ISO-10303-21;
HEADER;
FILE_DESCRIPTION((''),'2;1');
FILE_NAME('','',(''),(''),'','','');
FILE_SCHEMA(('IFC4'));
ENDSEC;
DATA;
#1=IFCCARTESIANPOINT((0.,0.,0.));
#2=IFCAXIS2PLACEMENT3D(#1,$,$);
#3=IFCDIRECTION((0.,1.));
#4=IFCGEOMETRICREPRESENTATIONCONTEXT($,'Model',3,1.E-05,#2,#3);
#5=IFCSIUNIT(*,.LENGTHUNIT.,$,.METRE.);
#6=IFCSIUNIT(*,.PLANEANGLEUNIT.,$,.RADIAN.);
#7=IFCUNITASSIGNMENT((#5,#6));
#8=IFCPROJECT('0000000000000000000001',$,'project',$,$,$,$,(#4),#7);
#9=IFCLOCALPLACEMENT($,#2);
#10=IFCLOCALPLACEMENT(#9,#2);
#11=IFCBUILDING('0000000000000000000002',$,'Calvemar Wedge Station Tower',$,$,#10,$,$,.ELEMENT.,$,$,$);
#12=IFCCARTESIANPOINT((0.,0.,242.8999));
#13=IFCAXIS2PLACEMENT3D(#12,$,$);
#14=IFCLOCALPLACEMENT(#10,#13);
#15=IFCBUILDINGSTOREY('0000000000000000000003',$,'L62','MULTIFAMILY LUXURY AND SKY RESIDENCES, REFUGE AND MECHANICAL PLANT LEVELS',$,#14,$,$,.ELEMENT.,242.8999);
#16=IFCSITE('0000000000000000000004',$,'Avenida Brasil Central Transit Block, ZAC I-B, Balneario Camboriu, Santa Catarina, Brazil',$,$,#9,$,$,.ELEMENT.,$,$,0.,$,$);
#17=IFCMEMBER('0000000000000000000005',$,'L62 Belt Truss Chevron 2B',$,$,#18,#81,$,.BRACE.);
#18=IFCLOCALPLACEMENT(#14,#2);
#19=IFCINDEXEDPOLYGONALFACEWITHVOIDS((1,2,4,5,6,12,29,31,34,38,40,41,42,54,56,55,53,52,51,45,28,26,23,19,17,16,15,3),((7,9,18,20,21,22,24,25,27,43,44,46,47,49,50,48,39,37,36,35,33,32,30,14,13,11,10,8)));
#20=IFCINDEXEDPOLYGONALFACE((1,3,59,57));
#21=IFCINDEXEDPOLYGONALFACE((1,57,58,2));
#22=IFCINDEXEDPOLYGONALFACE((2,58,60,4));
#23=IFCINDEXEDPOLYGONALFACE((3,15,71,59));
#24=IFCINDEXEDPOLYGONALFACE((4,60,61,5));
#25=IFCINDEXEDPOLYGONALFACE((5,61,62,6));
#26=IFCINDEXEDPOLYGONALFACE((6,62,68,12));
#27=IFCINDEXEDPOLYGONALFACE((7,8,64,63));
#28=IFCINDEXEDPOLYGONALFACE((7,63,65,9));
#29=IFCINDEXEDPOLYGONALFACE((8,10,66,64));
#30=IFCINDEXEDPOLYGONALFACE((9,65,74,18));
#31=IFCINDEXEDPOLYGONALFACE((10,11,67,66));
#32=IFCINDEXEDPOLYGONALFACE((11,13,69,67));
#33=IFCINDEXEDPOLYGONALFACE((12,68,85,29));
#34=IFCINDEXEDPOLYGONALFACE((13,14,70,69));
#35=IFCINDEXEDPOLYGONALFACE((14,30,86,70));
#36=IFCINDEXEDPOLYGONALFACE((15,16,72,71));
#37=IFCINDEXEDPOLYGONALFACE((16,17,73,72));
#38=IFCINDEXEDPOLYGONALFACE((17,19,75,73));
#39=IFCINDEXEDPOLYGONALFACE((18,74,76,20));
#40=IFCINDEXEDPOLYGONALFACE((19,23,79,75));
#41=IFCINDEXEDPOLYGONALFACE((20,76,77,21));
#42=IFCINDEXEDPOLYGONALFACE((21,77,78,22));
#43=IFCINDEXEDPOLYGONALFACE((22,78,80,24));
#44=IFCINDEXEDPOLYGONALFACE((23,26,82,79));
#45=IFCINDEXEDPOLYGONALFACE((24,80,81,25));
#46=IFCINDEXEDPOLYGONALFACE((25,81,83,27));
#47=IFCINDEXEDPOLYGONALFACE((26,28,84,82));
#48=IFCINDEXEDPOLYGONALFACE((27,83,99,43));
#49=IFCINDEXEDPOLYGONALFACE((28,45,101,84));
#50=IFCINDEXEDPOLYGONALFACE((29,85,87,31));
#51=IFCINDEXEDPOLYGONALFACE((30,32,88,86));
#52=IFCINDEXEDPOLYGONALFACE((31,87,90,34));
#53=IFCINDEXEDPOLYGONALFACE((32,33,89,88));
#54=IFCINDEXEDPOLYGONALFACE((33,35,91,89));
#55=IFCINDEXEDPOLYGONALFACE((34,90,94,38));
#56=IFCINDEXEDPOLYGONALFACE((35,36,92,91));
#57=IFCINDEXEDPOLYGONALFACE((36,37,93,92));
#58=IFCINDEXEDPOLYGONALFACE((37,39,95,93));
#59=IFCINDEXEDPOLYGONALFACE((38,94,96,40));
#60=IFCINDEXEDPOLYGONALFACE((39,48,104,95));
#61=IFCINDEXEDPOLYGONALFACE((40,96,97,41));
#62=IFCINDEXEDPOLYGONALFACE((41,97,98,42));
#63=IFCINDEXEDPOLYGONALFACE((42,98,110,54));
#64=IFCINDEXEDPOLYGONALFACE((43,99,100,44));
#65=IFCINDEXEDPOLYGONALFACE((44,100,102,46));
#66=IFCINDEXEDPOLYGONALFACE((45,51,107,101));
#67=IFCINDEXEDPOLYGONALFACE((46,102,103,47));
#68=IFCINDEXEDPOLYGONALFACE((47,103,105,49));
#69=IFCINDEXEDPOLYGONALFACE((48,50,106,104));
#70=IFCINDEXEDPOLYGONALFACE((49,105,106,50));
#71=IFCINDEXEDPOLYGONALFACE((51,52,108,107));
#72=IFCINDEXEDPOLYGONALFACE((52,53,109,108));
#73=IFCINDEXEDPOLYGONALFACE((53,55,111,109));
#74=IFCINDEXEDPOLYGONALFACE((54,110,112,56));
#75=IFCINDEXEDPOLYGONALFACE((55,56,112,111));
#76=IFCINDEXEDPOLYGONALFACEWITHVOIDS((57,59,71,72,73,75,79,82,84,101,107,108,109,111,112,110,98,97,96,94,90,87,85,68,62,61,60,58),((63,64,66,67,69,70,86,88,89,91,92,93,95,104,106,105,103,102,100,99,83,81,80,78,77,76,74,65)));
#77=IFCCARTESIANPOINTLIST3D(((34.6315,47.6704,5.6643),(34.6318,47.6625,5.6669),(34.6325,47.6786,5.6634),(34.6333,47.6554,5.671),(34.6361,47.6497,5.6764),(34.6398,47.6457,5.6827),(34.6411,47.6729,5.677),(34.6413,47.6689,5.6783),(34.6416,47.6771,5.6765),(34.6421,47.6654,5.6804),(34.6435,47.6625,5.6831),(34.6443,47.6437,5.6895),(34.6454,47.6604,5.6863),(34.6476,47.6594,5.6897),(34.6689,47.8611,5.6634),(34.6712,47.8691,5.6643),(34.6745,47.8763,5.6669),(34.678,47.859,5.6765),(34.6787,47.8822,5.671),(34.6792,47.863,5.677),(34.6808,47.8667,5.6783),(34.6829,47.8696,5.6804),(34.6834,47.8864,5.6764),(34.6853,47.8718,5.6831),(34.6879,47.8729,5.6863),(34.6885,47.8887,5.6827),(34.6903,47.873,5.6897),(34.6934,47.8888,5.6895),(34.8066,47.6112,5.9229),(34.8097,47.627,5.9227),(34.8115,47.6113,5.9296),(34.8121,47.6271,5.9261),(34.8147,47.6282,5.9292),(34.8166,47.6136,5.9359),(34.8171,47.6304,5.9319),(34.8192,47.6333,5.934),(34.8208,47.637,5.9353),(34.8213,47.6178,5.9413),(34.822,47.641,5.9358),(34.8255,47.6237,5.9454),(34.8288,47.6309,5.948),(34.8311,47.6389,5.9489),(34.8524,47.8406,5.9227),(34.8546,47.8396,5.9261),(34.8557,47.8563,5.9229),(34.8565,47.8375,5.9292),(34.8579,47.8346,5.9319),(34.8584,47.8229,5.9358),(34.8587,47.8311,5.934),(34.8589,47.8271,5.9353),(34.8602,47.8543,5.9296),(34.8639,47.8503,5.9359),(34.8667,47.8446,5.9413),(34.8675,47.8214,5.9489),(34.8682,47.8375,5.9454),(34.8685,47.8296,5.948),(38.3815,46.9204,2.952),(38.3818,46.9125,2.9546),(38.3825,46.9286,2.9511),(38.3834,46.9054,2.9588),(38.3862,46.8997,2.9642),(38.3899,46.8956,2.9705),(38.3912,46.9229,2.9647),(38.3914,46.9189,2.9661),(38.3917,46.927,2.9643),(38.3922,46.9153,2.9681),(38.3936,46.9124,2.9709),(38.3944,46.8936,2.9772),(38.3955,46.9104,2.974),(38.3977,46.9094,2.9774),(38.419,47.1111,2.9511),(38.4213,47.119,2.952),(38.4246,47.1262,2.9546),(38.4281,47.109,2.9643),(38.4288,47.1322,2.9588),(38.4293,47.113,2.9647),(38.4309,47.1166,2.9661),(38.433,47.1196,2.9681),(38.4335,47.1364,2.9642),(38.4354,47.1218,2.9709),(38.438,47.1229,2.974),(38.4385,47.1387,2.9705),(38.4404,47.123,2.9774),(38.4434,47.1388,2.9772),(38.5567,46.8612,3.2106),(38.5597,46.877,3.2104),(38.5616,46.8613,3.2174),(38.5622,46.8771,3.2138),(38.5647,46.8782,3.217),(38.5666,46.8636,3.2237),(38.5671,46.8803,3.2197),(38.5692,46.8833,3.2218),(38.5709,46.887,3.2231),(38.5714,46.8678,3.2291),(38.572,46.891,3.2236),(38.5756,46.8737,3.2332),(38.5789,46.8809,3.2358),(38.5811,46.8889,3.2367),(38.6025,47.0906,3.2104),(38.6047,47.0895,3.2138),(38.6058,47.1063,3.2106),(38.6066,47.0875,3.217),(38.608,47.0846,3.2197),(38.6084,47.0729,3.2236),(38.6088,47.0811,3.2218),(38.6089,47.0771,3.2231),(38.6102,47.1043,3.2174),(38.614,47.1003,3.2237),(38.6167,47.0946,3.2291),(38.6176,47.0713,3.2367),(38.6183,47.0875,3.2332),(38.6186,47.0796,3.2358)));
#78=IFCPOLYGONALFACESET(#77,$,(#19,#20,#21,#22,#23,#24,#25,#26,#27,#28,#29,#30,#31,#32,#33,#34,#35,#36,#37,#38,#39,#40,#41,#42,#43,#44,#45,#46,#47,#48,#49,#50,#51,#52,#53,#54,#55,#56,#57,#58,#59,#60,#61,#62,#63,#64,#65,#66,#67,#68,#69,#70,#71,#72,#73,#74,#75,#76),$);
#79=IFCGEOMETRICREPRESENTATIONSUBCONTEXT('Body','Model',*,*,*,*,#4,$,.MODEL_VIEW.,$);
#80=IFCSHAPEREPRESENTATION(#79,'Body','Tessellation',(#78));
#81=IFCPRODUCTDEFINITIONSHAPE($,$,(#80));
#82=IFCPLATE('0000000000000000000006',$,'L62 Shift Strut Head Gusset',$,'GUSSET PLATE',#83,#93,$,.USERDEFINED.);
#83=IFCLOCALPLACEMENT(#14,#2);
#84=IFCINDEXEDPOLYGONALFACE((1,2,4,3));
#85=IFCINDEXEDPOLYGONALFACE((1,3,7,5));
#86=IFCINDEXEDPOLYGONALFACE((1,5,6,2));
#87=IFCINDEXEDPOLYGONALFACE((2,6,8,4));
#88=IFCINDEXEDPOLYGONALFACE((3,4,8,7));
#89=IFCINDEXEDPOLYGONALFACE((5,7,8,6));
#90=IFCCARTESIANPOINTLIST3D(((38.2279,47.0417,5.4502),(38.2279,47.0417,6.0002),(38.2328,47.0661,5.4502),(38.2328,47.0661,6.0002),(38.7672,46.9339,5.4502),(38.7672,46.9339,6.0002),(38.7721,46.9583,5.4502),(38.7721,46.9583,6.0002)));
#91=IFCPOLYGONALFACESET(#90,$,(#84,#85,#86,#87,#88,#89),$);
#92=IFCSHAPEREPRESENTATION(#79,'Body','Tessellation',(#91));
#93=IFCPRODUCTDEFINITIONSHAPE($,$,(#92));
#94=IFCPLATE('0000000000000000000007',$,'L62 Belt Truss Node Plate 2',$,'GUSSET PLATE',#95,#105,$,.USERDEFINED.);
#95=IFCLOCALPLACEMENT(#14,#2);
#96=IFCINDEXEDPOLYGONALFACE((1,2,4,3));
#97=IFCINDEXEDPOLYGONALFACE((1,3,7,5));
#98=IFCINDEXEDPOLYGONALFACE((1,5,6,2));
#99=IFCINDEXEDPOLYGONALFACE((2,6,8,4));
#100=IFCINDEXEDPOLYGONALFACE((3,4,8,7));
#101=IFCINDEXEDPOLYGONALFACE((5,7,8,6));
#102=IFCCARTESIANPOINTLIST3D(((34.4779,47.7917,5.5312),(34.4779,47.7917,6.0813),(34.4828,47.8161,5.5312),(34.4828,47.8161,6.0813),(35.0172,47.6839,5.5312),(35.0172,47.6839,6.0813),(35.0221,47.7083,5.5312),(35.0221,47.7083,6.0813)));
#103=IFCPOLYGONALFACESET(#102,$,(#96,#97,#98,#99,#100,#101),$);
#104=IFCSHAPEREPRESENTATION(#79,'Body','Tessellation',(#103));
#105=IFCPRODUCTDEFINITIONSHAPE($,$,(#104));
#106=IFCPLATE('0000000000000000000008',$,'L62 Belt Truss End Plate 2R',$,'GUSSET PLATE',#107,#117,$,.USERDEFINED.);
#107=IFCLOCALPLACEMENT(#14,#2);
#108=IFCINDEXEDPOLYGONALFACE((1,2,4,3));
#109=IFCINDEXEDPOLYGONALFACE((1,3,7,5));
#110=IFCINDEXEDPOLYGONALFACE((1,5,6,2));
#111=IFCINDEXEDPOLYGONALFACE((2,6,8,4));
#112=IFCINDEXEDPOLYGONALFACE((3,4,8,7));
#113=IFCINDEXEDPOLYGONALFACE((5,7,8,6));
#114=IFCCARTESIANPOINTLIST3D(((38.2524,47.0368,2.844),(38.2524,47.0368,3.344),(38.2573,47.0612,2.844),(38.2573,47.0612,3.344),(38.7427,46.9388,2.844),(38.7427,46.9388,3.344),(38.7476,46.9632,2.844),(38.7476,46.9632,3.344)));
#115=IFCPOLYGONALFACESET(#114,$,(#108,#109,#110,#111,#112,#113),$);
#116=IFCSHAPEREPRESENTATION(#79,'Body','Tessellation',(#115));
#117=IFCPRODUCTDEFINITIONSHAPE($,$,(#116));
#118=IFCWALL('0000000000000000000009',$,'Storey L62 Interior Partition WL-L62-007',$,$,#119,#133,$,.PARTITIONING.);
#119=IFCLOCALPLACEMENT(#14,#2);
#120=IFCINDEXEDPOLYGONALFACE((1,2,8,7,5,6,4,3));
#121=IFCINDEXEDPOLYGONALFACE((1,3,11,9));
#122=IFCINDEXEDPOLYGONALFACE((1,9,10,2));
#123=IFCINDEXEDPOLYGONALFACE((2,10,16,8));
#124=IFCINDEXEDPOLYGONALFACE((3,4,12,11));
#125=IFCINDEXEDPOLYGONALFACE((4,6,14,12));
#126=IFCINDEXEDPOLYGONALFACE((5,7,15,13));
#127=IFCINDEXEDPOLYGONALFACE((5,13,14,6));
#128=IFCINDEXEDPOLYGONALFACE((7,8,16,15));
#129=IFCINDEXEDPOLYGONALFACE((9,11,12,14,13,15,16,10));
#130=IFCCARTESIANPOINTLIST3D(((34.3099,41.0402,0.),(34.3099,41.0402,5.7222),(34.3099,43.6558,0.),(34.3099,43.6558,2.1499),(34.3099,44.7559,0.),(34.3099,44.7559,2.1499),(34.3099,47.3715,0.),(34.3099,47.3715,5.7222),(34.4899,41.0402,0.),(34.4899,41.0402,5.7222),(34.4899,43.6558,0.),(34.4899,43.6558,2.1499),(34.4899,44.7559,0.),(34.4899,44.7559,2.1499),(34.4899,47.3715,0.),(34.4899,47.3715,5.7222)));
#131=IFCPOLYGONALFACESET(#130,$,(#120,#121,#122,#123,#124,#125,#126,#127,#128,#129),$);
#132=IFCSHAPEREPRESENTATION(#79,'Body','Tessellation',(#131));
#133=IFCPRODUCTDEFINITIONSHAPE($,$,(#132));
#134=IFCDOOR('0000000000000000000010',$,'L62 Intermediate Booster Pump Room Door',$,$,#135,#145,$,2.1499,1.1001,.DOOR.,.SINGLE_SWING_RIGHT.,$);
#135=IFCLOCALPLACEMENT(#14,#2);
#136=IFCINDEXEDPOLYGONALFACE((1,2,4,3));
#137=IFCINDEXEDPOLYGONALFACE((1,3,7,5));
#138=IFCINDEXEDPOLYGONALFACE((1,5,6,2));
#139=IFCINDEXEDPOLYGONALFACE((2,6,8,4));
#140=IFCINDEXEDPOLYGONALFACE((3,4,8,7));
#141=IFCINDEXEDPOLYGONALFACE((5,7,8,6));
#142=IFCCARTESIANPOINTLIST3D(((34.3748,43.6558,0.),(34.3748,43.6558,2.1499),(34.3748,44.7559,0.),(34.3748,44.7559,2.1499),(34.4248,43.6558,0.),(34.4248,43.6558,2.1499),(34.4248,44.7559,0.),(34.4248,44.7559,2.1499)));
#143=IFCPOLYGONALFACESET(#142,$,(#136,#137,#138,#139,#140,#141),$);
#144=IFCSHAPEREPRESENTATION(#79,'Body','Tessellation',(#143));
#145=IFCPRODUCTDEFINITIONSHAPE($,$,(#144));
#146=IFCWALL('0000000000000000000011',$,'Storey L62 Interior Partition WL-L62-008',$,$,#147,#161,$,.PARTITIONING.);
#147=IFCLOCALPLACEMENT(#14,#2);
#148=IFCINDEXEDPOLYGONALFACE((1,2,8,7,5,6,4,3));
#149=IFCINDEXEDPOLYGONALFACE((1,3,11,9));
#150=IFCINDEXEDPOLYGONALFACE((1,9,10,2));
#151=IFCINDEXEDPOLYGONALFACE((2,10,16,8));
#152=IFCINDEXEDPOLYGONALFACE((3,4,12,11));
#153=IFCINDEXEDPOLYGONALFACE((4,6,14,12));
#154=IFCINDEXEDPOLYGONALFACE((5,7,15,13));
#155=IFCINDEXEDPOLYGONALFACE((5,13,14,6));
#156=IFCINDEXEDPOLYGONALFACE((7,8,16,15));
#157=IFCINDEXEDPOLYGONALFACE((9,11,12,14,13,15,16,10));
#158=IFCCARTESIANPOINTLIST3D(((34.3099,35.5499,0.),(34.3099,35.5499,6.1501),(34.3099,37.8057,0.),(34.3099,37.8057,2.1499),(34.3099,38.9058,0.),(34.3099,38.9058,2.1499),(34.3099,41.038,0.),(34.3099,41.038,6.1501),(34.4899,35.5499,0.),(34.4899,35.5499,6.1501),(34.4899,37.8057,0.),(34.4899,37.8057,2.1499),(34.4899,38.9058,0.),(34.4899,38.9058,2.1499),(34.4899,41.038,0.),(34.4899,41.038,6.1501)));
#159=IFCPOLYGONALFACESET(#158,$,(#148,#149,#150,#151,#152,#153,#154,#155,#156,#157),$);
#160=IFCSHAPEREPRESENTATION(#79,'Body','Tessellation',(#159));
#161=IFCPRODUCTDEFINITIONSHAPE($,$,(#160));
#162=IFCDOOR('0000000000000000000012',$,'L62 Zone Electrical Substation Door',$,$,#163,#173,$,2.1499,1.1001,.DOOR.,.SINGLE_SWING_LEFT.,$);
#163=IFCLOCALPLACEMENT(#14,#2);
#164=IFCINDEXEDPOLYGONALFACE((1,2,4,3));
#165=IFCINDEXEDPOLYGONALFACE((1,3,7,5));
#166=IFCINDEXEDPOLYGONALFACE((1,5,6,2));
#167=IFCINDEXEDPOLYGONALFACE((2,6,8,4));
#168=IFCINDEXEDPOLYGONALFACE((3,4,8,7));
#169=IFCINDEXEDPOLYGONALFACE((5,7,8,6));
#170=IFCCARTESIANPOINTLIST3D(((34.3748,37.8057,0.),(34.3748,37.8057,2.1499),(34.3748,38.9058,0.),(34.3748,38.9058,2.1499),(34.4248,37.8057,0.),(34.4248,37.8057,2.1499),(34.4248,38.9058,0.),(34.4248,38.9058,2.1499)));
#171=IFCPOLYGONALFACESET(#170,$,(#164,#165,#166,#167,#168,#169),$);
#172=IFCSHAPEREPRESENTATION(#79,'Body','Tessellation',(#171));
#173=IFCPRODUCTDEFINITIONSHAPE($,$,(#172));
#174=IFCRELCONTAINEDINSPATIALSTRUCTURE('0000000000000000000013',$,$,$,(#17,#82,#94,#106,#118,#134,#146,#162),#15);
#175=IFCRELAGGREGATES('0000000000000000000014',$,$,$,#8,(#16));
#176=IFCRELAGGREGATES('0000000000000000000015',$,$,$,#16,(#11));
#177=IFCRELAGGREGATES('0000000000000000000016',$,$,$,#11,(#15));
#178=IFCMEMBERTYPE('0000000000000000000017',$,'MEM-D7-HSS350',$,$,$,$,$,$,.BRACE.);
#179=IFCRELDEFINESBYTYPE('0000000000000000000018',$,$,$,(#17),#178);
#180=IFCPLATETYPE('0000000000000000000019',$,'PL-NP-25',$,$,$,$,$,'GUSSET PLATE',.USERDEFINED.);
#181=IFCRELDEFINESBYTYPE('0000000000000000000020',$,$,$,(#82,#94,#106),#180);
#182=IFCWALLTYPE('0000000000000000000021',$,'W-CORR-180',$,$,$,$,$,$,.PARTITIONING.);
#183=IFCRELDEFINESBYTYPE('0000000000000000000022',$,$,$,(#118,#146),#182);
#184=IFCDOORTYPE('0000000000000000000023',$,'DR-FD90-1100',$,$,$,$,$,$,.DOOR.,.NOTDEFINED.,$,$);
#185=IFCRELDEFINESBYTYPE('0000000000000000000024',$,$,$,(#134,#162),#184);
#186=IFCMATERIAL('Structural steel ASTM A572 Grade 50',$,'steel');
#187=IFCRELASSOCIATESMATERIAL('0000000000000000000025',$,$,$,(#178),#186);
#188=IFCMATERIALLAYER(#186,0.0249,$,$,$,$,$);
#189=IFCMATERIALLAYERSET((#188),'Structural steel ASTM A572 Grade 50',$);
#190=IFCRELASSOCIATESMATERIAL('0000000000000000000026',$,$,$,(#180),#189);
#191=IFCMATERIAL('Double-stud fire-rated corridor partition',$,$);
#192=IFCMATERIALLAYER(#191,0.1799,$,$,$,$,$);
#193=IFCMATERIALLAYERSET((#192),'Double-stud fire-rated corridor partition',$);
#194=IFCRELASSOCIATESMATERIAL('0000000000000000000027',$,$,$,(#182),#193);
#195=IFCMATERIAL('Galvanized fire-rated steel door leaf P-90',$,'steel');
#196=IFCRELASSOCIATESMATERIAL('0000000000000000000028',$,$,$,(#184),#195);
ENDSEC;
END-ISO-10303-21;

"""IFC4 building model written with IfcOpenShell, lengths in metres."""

from ifc_helpers import new_model, si_unit, direction, frame, frame_2d, origin, origin_2d, place, context, subcontext, project, spatial, rectangle, hollow_rectangle, extrude, source, transform, mapped, material, layer, layer_set, material_profile, profile_set, type_object, element, fill, save


model = new_model("IFC4")

# Units and contexts
model_context = context("Model", 3, precision=1e-05, world=origin(), true_north=direction((0.0, 1.0)))
body_context = subcontext(model_context, "Body", "Model", "MODEL_VIEW")
ifc_project = project(units=[si_unit("LENGTHUNIT", "METRE"), si_unit("PLANEANGLEUNIT", "RADIAN")], contexts=[model_context])

# Site, building, storey
site_placement = place(None, origin())
site = spatial("IfcSite", under=ifc_project, at=site_placement, Name="Avenida Brasil Central Transit Block, ZAC I-B, Balneario Camboriu, Santa Catarina, Brazil", CompositionType="ELEMENT", RefElevation=0.0)
building_placement = place(site_placement, origin())
building = spatial("IfcBuilding", under=site, at=building_placement, Name="Calvemar Wedge Station Tower", CompositionType="ELEMENT")
storey_placement = place(building_placement, frame((0.0, 0.0, 242.8999)))
storey = spatial("IfcBuildingStorey", under=building, at=storey_placement, Name="L62", Description="MULTIFAMILY LUXURY AND SKY RESIDENCES, REFUGE AND MECHANICAL PLANT LEVELS", CompositionType="ELEMENT", Elevation=242.8999)

# Shared definitions
ifc_material_1 = material(Name="Structural steel ASTM A572 Grade 50", Category="steel")

# Member
ifc_material_profile_1 = material_profile(ifc_material_1, hollow_rectangle(XDim=0.25, YDim=0.3501, WallThickness=0.0161, InnerFilletRadius=0.0161, OuterFilletRadius=0.032, at=origin_2d()), Name="HSS350x250x16")
ifc_profile_set_1 = profile_set([ifc_material_profile_1], Name="Structural steel ASTM A572 Grade 50")
member_type = type_object("IfcMemberType", Name="MEM-D7-HSS350", PredefinedType="BRACE", material=ifc_profile_set_1)
shared_shape_1 = source(origin(), body_context, "Body", "SweptSolid", [
    extrude(hollow_rectangle(XDim=0.25, YDim=0.3501, WallThickness=0.0161, InnerFilletRadius=0.0161, OuterFilletRadius=0.032, at=origin_2d()), origin(), (0.0, 0.0, 1.0), 4.6885),
])
for number, where, z_axis, x_axis, name in (
    (1, (34.75, 47.75, 5.8062), (0.799852, -0.15997, -0.578487), (0.196116, 0.980581, 0.0), "L62 Belt Truss Chevron 2B"),
):
    element("IfcMember", number, at=place(storey_placement, frame(where, z_axis=z_axis, x_axis=x_axis)), inside=storey, type_object=member_type, Name=name, PredefinedType="BRACE", context=body_context, shape_type="MappedRepresentation", body=[
        mapped(shared_shape_1, transform((0.0, 0.0, 0.0), scale=1.0)),
    ])

# Plates
ifc_layer_1 = layer(ifc_material_1, 0.0249)
ifc_layer_set_1 = layer_set([ifc_layer_1], Name="Structural steel ASTM A572 Grade 50")
plate_type = type_object("IfcPlateType", Name="PL-NP-25", ElementType="GUSSET PLATE", PredefinedType="USERDEFINED", material=ifc_layer_set_1)
shared_shape_2 = source(origin(), body_context, "Body", "SweptSolid", [
    extrude(rectangle(XDim=0.55, YDim=0.0249, at=origin_2d()), origin(), (0.0, 0.0, 1.0), 0.55),
])
for number, where, z_axis, x_axis, name in (
    (2, (38.5, 47.0, 5.4502), (0.0, 0.0, 1.0), (0.98058, -0.196117, 0.0), "L62 Shift Strut Head Gusset"),
    (3, (34.75, 47.75, 5.5312), (0.0, 0.0, 1.0), (0.98058, -0.196117, 0.0), "L62 Belt Truss Node Plate 2"),
):
    element("IfcPlate", number, at=place(storey_placement, frame(where, z_axis=z_axis, x_axis=x_axis)), inside=storey, type_object=plate_type, Name=name, ObjectType="GUSSET PLATE", PredefinedType="USERDEFINED", context=body_context, shape_type="MappedRepresentation", body=[
        mapped(shared_shape_2, transform((0.0, 0.0, 0.0), scale=1.0)),
    ])
shared_shape_3 = source(origin(), body_context, "Body", "SweptSolid", [
    extrude(rectangle(XDim=0.5, YDim=0.0249, at=origin_2d()), origin(), (0.0, 0.0, 1.0), 0.5),
])
plate_placement = place(storey_placement, frame((38.5, 47.0, 2.844), z_axis=(0.0, 0.0, 1.0), x_axis=(0.98058, -0.196117, 0.0)))
element("IfcPlate", 4, at=plate_placement, inside=storey, type_object=plate_type, Name="L62 Belt Truss End Plate 2R", ObjectType="GUSSET PLATE", PredefinedType="USERDEFINED", context=body_context, shape_type="MappedRepresentation", body=[
    mapped(shared_shape_3, transform((0.0, 0.0, 0.0), scale=1.0)),
])

# Walls, openings, doors
ifc_material_2 = material(Name="Double-stud fire-rated corridor partition")
ifc_layer_2 = layer(ifc_material_2, 0.1799)
ifc_layer_set_2 = layer_set([ifc_layer_2], Name="Double-stud fire-rated corridor partition")
wall_type_1 = type_object("IfcWallType", Name="W-CORR-180", PredefinedType="PARTITIONING", material=ifc_layer_set_2)
wall_1_placement = place(storey_placement, frame((34.3999, 47.3713, 0.0), z_axis=(0.0, 0.0, 1.0), x_axis=(0.0, -1.0, 0.0)))
wall_1 = element("IfcWall", 5, at=wall_1_placement, inside=storey, type_object=wall_type_1, Name="Storey L62 Interior Partition WL-L62-007", PredefinedType="PARTITIONING", context=body_context, shape_type="SweptSolid", body=[
    extrude(rectangle(XDim=6.3313, YDim=0.1799, at=frame_2d((3.1655, 0.0))), origin(), (0.0, 0.0, 1.0), 5.7222),
])
shared_shape_4 = source(origin(), body_context, "Body", "SweptSolid", [
    extrude(rectangle(XDim=1.1001, YDim=2.1499, at=frame_2d((0.55, 1.075))), frame((0.0, 0.1001, 0.0), z_axis=(0.0, -1.0, 0.0), x_axis=(1.0, 0.0, 0.0)), (0.0, 0.0, 1.0), 0.2),
])
opening_1_placement = place(wall_1_placement, frame((2.6155, 0.0, 0.0)))
opening_1 = element("IfcOpeningElement", 6, at=opening_1_placement, cuts=wall_1, PredefinedType="OPENING", context=body_context, shape_type="MappedRepresentation", body=[
    mapped(shared_shape_4, transform((0.0, 0.0, 0.0), scale=1.0)),
])
ifc_material_3 = material(Name="Galvanized fire-rated steel door leaf P-90", Category="steel")
door_type = type_object("IfcDoorType", Name="DR-FD90-1100", OperationType="NOTDEFINED", PredefinedType="DOOR", material=ifc_material_3)
shared_shape_5 = source(origin(), body_context, "Body", "SweptSolid", [
    extrude(rectangle(XDim=1.1001, YDim=2.1499, at=frame_2d((0.55, 1.075))), frame((0.0, 0.0249, 0.0), z_axis=(0.0, -1.0, 0.0), x_axis=(1.0, 0.0, 0.0)), (0.0, 0.0, 1.0), 0.05),
])
door_1_placement = place(opening_1_placement, origin())
door_1 = element("IfcDoor", 7, at=door_1_placement, inside=storey, type_object=door_type, Name="L62 Intermediate Booster Pump Room Door", OperationType="SINGLE_SWING_RIGHT", OverallHeight=2.1499, OverallWidth=1.1001, PredefinedType="DOOR", context=body_context, shape_type="MappedRepresentation", body=[
    mapped(shared_shape_5, transform((0.0, 0.0, 0.0), scale=1.0)),
])
fill(opening_1, door_1)
wall_2_placement = place(storey_placement, frame((34.3999, 41.0381, 0.0), z_axis=(0.0, 0.0, 1.0), x_axis=(0.0, -1.0, 0.0)))
wall_2 = element("IfcWall", 8, at=wall_2_placement, inside=storey, type_object=wall_type_1, Name="Storey L62 Interior Partition WL-L62-008", PredefinedType="PARTITIONING", context=body_context, shape_type="SweptSolid", body=[
    extrude(rectangle(XDim=5.488, YDim=0.1799, at=frame_2d((2.7441, 0.0))), origin(), (0.0, 0.0, 1.0), 6.1501),
])
opening_2_placement = place(wall_2_placement, frame((2.1323, 0.0, 0.0)))
opening_2 = element("IfcOpeningElement", 9, at=opening_2_placement, cuts=wall_2, PredefinedType="OPENING", context=body_context, shape_type="MappedRepresentation", body=[
    mapped(shared_shape_4, transform((0.0, 0.0, 0.0), scale=1.0)),
])
door_2_placement = place(opening_2_placement, origin())
door_2 = element("IfcDoor", 10, at=door_2_placement, inside=storey, type_object=door_type, Name="L62 Zone Electrical Substation Door", OperationType="SINGLE_SWING_LEFT", OverallHeight=2.1499, OverallWidth=1.1001, PredefinedType="DOOR", context=body_context, shape_type="MappedRepresentation", body=[
    mapped(shared_shape_5, transform((0.0, 0.0, 0.0), scale=1.0)),
])
fill(opening_2, door_2)

save(model, "model.ifc")
